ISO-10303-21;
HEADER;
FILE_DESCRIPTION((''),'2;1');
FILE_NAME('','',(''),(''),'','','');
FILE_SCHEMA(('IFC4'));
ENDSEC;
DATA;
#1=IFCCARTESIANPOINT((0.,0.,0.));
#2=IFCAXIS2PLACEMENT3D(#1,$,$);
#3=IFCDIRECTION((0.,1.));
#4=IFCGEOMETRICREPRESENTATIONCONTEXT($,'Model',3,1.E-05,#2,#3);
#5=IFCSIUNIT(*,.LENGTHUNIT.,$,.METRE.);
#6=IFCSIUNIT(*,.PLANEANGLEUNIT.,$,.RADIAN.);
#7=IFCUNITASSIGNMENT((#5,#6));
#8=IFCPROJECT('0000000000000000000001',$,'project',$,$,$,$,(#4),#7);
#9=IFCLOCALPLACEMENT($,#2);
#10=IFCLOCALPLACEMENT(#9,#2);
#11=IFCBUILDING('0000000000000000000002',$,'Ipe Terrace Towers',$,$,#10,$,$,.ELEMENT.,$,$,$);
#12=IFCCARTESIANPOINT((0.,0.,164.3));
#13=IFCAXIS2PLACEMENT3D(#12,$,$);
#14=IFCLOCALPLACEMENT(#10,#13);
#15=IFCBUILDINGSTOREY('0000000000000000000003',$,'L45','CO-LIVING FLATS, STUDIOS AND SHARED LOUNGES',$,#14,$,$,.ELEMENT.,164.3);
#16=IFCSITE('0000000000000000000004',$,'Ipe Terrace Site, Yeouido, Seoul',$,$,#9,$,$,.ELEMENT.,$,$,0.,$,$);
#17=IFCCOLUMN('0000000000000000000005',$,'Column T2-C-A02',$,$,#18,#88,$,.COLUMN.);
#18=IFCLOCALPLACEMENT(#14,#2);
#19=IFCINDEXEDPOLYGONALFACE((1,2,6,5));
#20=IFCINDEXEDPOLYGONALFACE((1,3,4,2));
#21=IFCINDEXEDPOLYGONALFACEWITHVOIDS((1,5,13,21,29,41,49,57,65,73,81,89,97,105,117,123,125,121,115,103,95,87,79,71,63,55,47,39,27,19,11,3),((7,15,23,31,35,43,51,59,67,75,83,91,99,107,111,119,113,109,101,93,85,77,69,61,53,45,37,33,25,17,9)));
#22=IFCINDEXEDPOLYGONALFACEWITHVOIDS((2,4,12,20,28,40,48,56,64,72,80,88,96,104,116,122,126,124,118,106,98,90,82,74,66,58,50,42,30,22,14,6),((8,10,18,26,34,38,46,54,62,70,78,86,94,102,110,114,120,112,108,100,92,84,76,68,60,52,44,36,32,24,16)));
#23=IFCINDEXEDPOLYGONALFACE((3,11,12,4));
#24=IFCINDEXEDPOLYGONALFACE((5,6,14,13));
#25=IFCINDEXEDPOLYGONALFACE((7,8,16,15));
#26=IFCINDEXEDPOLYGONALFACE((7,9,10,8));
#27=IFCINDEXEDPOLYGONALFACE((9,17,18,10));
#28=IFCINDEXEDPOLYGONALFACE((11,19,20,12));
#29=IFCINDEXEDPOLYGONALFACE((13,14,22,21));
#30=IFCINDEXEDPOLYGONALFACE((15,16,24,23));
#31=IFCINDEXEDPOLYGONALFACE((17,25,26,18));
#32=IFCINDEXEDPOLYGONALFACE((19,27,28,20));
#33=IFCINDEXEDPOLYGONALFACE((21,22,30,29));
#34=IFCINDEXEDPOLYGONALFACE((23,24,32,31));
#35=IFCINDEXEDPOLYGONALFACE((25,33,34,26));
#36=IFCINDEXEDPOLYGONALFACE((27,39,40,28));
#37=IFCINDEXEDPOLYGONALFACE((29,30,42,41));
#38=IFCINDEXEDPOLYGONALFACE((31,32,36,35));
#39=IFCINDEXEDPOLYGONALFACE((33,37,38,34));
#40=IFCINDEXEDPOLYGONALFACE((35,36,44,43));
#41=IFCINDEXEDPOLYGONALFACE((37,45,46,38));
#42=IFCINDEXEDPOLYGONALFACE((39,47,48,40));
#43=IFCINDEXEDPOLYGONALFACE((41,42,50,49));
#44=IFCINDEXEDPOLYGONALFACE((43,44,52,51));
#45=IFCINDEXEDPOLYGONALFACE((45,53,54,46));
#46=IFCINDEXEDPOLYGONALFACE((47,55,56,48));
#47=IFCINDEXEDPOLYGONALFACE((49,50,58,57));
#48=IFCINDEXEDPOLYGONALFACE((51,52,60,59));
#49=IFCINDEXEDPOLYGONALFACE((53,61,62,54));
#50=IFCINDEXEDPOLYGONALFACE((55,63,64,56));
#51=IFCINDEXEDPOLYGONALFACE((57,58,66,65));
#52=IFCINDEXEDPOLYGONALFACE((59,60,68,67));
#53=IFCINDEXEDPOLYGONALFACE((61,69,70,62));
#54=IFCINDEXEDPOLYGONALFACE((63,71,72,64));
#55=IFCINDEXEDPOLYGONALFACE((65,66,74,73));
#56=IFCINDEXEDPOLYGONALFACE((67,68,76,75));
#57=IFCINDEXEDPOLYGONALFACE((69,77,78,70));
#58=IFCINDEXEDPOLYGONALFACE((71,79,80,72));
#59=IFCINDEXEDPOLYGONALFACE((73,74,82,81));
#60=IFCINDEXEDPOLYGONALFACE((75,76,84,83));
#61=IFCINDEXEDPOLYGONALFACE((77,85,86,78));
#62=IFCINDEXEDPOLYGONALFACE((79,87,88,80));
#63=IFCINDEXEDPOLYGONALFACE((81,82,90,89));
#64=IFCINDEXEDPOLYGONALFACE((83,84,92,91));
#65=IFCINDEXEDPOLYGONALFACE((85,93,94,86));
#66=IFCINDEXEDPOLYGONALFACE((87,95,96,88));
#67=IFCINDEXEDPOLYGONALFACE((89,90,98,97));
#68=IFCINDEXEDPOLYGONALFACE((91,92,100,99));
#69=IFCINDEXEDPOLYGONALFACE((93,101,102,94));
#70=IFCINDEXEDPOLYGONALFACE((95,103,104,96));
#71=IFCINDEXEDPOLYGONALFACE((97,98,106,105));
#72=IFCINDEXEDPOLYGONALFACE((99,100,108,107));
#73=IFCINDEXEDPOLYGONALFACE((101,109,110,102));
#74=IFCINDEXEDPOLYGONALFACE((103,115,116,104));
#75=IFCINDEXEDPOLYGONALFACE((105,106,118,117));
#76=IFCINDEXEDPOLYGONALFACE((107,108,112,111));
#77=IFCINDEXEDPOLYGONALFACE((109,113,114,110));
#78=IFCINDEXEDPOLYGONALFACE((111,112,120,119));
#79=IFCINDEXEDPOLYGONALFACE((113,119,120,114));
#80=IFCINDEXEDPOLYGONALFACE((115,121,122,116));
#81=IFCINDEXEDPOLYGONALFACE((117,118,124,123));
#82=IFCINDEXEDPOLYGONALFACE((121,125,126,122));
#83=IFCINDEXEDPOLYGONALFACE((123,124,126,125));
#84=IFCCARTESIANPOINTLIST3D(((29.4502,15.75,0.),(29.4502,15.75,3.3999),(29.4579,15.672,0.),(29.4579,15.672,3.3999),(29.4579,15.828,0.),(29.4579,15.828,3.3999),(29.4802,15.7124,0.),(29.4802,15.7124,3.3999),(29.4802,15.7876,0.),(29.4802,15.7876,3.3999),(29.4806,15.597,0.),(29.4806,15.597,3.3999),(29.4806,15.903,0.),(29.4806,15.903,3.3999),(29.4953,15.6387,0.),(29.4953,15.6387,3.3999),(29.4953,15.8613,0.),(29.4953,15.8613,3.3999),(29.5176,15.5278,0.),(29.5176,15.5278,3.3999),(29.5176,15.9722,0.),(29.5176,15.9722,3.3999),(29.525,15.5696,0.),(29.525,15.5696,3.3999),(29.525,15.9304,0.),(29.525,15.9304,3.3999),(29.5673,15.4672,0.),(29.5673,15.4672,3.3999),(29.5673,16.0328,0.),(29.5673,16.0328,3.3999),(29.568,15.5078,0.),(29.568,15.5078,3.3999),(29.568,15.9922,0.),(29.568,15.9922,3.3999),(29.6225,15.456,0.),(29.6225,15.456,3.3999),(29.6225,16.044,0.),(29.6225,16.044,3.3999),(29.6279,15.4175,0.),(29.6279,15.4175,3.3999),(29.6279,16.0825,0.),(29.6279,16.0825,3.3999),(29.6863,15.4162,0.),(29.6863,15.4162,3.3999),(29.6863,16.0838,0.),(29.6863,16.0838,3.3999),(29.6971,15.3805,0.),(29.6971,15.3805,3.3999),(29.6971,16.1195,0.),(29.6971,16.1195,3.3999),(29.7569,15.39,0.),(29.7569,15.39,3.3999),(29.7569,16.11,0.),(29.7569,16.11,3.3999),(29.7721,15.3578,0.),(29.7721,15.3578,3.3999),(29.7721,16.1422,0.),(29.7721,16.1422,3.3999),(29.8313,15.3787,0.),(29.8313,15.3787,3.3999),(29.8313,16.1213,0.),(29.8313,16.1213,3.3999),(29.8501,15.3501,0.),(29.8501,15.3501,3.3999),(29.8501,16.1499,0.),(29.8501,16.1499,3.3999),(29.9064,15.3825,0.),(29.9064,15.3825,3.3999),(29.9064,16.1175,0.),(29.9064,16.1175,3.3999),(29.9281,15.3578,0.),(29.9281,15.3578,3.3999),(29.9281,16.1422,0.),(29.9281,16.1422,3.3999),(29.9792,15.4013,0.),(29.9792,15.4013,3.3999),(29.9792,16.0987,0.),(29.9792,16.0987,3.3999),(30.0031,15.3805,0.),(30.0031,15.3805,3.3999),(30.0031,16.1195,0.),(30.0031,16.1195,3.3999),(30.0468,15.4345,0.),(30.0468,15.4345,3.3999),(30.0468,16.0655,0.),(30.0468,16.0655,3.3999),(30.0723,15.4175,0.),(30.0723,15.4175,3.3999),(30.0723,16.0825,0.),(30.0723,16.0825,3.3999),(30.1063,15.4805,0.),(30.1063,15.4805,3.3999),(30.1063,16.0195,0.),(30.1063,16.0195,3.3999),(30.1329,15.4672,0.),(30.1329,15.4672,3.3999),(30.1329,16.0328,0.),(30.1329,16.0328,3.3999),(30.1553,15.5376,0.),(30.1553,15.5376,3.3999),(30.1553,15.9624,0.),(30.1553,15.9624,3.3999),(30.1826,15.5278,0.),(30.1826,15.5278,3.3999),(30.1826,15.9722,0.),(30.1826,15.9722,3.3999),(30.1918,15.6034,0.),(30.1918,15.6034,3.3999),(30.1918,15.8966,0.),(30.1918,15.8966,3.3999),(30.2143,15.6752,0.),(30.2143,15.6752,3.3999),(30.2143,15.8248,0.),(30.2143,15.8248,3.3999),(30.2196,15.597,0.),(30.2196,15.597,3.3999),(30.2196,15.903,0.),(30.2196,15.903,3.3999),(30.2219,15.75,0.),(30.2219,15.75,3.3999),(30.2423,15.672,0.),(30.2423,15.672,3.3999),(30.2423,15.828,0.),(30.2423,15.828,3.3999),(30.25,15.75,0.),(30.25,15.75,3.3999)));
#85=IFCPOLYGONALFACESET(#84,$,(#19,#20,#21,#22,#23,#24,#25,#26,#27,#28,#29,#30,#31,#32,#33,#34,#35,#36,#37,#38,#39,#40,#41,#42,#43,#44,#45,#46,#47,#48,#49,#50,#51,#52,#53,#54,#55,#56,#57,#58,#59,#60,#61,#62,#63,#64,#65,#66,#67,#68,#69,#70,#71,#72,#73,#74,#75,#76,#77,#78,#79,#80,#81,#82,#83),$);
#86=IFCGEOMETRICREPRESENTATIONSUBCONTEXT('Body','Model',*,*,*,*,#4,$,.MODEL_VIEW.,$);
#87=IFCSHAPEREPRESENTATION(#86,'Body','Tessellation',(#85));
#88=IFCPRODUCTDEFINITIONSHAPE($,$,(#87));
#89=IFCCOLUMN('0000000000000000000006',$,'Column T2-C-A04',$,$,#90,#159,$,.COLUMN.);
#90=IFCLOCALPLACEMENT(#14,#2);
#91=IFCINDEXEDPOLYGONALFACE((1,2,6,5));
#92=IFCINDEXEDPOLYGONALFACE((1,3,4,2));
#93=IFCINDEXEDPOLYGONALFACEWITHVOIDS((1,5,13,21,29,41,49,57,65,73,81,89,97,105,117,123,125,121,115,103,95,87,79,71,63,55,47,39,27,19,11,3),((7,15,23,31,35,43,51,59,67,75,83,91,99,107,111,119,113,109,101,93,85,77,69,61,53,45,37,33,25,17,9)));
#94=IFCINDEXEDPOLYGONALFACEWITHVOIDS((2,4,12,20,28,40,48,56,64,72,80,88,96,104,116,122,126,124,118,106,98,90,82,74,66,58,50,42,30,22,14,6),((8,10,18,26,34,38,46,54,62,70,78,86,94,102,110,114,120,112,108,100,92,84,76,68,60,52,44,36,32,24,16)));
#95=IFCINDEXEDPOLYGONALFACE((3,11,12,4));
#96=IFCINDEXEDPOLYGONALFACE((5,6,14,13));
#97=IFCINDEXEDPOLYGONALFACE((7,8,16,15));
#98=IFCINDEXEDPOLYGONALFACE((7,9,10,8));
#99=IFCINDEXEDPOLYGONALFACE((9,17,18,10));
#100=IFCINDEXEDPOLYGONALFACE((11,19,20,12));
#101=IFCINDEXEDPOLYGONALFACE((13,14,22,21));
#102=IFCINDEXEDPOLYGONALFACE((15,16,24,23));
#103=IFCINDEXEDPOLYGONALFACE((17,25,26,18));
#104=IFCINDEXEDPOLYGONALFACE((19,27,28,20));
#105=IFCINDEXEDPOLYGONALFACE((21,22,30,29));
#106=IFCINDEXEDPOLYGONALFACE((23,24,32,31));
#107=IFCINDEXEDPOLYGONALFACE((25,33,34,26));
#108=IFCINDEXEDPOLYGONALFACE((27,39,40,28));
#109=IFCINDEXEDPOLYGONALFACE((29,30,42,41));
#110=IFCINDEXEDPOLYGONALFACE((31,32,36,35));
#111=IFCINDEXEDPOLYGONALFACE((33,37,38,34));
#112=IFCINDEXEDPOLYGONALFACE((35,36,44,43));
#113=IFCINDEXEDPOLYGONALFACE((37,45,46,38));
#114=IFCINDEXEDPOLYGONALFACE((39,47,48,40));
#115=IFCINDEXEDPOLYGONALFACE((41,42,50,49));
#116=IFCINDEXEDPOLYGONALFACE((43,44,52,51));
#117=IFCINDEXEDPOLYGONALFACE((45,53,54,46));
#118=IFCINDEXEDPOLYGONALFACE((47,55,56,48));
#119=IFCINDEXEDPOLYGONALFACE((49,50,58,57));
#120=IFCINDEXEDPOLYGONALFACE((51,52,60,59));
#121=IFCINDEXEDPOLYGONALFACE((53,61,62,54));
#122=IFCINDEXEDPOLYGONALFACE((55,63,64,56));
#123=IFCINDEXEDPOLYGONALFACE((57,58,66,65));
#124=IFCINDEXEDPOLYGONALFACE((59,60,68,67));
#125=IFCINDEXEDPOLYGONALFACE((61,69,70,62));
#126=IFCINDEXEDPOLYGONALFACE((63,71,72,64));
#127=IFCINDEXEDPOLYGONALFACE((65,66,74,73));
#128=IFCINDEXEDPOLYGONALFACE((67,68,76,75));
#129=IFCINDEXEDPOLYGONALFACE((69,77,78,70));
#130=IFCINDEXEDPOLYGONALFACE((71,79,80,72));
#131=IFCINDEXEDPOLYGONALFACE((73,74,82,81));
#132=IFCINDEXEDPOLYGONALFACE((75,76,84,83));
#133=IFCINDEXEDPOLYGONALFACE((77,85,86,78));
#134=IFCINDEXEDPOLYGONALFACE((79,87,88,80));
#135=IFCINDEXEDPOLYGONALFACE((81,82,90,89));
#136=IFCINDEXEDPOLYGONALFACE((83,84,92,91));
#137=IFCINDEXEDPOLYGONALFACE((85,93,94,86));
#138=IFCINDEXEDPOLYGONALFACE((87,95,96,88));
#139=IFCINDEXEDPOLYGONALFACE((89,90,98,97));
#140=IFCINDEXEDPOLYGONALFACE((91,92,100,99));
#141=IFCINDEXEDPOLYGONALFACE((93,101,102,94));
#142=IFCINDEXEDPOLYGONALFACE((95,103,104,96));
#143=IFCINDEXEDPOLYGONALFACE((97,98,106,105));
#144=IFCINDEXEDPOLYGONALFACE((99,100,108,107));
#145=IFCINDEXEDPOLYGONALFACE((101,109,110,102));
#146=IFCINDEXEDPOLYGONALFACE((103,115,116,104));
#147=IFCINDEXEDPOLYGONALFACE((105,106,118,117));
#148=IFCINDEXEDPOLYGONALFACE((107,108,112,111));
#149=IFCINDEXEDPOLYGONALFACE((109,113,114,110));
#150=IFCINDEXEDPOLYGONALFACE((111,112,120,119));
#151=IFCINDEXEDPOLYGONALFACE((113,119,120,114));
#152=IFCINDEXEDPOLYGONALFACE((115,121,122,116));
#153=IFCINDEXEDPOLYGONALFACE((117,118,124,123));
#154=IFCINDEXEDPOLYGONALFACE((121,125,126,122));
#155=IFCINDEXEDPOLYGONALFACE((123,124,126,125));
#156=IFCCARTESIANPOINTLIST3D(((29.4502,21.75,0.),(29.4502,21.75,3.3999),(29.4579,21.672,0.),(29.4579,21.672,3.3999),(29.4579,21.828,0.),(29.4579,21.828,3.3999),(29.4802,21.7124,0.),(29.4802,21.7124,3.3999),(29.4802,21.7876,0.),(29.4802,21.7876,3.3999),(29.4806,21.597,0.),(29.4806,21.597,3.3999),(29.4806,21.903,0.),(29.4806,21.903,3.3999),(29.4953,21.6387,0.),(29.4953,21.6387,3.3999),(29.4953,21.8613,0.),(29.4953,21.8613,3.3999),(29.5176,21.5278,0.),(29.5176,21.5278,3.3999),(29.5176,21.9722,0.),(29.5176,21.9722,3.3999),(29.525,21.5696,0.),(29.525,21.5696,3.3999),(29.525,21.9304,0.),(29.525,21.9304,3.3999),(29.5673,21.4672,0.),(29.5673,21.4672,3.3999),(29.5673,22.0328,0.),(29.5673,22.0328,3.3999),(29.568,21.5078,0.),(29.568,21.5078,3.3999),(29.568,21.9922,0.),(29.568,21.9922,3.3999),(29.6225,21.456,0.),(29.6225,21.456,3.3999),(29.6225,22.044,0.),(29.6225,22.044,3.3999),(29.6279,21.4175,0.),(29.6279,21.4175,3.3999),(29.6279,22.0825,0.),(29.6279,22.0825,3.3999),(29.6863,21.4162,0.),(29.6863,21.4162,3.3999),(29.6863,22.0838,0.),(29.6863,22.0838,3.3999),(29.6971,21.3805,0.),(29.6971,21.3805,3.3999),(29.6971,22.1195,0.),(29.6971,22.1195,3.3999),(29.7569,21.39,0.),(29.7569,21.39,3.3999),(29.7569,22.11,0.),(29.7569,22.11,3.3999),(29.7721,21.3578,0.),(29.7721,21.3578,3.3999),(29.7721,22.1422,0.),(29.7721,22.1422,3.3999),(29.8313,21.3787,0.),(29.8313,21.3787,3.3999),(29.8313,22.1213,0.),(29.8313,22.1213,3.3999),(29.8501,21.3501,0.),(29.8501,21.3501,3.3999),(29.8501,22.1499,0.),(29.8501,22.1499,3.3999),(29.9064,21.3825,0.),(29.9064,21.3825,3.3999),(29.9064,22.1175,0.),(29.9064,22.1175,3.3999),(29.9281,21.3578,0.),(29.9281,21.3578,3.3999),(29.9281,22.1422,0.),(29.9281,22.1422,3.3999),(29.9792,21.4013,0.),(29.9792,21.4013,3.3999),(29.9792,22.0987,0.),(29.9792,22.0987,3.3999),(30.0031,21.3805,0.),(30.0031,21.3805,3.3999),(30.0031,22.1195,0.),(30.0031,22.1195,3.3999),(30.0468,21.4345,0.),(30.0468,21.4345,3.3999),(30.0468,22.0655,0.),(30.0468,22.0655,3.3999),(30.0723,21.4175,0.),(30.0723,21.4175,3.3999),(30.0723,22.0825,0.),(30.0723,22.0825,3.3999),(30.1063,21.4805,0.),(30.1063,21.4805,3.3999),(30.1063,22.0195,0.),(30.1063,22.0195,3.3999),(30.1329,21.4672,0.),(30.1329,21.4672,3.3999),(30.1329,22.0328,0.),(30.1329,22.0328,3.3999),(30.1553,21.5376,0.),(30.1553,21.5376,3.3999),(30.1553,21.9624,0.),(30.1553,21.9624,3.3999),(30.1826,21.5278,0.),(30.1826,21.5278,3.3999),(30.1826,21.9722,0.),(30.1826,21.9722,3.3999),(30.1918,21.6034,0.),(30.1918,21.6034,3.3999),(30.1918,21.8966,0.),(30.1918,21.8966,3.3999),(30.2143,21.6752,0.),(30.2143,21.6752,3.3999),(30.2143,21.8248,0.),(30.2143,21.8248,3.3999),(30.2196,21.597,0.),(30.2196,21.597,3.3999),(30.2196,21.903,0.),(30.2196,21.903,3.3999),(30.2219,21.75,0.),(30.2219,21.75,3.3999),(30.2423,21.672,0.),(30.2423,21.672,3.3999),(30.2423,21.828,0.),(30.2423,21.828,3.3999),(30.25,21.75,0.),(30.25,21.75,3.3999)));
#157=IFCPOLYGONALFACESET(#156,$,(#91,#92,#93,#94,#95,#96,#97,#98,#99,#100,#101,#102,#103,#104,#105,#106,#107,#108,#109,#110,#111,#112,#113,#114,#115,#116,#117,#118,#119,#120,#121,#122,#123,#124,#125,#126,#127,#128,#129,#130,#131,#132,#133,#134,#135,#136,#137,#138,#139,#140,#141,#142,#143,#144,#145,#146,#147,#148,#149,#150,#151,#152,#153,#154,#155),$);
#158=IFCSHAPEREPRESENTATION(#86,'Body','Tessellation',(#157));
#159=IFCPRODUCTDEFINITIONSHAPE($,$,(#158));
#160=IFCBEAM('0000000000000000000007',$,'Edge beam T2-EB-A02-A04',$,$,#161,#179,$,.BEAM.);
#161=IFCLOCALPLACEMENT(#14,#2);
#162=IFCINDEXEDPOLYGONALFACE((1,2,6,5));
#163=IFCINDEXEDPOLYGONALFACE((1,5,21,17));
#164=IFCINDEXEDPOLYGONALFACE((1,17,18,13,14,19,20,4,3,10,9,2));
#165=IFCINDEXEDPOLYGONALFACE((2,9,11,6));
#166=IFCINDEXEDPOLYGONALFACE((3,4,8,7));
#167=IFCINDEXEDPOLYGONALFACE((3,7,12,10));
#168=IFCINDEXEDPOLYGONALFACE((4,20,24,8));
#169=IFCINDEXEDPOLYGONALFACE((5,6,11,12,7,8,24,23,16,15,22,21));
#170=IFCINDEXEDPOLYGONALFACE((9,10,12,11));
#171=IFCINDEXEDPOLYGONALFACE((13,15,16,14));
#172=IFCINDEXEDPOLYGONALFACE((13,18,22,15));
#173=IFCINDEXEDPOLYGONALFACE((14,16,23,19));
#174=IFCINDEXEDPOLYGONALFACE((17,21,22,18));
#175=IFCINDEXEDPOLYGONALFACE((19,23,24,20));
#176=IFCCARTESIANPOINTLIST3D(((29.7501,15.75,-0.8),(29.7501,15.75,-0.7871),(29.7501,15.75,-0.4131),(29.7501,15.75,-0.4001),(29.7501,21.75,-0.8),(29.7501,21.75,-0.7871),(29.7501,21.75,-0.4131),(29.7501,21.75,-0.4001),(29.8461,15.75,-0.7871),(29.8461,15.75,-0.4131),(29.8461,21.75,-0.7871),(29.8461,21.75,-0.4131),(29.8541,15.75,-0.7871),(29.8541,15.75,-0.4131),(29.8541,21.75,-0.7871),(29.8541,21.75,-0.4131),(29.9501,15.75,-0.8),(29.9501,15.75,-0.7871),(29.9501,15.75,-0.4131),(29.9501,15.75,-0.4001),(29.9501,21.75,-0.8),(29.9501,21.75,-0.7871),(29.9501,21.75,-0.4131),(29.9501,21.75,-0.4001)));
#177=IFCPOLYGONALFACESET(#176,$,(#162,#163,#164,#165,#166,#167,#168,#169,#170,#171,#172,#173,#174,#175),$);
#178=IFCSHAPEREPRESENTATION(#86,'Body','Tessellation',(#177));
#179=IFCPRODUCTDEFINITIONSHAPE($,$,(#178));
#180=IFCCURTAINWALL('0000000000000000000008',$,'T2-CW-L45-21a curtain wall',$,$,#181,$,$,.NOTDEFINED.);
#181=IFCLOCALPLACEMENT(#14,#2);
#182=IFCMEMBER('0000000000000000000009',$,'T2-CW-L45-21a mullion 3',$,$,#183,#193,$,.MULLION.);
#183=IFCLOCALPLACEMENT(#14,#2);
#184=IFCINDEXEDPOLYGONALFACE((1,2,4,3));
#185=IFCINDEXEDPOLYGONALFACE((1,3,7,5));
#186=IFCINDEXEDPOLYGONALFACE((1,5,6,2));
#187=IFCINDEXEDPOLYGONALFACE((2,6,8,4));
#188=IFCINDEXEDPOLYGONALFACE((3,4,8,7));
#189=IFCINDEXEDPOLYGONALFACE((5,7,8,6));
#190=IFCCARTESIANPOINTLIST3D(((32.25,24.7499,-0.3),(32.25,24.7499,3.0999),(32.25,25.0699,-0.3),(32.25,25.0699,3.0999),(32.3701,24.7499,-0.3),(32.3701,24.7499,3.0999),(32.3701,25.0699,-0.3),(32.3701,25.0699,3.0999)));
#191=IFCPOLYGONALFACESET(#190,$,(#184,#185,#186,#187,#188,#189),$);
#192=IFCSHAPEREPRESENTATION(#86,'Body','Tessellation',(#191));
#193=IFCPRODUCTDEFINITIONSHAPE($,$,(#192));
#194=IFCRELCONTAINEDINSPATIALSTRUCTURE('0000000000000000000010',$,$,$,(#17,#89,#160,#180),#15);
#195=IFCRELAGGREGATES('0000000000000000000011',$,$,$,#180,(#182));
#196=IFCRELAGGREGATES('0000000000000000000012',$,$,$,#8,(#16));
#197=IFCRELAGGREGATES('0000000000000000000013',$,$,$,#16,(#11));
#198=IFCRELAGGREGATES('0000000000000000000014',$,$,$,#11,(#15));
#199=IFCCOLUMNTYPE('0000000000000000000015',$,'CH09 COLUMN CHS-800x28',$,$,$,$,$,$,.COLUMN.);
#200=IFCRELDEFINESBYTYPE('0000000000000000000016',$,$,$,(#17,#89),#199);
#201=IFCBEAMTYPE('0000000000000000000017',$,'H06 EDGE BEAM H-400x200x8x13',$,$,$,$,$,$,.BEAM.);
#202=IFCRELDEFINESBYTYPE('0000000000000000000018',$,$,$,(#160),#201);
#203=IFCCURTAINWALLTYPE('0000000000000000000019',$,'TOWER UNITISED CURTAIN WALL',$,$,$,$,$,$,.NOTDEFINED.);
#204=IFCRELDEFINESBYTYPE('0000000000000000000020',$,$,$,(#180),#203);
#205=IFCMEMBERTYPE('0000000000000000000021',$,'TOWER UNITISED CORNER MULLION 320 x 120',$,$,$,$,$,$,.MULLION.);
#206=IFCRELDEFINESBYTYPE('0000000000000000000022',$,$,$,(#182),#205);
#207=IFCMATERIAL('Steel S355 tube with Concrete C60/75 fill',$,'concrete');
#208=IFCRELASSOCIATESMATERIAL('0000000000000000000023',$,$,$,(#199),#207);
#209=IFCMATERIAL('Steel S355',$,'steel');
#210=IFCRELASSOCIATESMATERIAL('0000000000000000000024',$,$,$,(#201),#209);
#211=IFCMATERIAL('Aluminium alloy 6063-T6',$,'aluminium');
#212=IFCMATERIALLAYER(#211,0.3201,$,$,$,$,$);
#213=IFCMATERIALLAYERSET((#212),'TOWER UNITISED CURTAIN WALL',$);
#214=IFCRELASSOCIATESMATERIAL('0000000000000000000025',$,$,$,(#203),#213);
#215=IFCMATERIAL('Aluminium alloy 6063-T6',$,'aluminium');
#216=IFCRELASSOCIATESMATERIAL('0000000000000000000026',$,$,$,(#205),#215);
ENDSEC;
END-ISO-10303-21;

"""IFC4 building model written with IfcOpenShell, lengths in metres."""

from ifc_helpers import new_model, si_unit, direction, frame, origin, origin_2d, place, context, subcontext, project, spatial, rectangle, hollow_circle, i_section, extrude, material, layer, layer_set, material_profile, profile_set, type_object, element, aggregate, save


model = new_model("IFC4")

# Units and contexts
model_context = context("Model", 3, precision=1e-05, world=origin(), true_north=direction((0.0, 1.0)))
body_context = subcontext(model_context, "Body", "Model", "MODEL_VIEW")
ifc_project = project(units=[si_unit("LENGTHUNIT", "METRE"), si_unit("PLANEANGLEUNIT", "RADIAN")], contexts=[model_context])

# Site, building, storey
site_placement = place(None, origin())
site = spatial("IfcSite", under=ifc_project, at=site_placement, Name="Ipe Terrace Site, Yeouido, Seoul", CompositionType="ELEMENT", RefElevation=0.0)
building_placement = place(site_placement, origin())
building = spatial("IfcBuilding", under=site, at=building_placement, Name="Ipe Terrace Towers", CompositionType="ELEMENT")
storey_placement = place(building_placement, frame((0.0, 0.0, 164.3)))
storey = spatial("IfcBuildingStorey", under=building, at=storey_placement, Name="L45", Description="CO-LIVING FLATS, STUDIOS AND SHARED LOUNGES", CompositionType="ELEMENT", Elevation=164.3)

# Columns
ifc_material_1 = material(Name="Steel S355 tube with Concrete C60/75 fill", Category="concrete")
ifc_material_profile_1 = material_profile(ifc_material_1, hollow_circle(Radius=0.3999, WallThickness=0.0281, at=origin_2d()), Name="CHS-800x28")
ifc_profile_set_1 = profile_set([ifc_material_profile_1], Name="Steel S355 tube with Concrete C60/75 fill")
column_type = type_object("IfcColumnType", Name="CH09 COLUMN CHS-800x28", PredefinedType="COLUMN", material=ifc_profile_set_1)
for number, where, z_axis, x_axis, name in (
    (1, (29.8501, 15.75, 0.0), (0.0, 0.0, 1.0), (1.0, 0.0, 0.0), "Column T2-C-A02"),
    (2, (29.8501, 21.75, 0.0), (0.0, 0.0, 1.0), (1.0, 0.0, 0.0), "Column T2-C-A04"),
):
    element("IfcColumn", number, at=place(storey_placement, frame(where, z_axis=z_axis, x_axis=x_axis)), inside=storey, type_object=column_type, Name=name, PredefinedType="COLUMN", context=body_context, shape_type="SweptSolid", body=[
        extrude(hollow_circle(Radius=0.3999, WallThickness=0.0281, at=origin_2d()), origin(), (0.0, 0.0, 1.0), 3.3999),
    ])

# Beam
ifc_material_2 = material(Name="Steel S355", Category="steel")
ifc_material_profile_2 = material_profile(ifc_material_2, i_section(OverallWidth=0.2, OverallDepth=0.3999, WebThickness=0.0081, FlangeThickness=0.0129, at=origin_2d()), Name="H-400x200x8x13")
ifc_profile_set_2 = profile_set([ifc_material_profile_2], Name="Steel S355")
beam_type = type_object("IfcBeamType", Name="H06 EDGE BEAM H-400x200x8x13", PredefinedType="BEAM", material=ifc_profile_set_2)
beam_placement = place(storey_placement, frame((29.8501, 15.75, -0.6001), z_axis=(0.0, 1.0, 0.0), x_axis=(-1.0, 0.0, 0.0)))
element("IfcBeam", 3, at=beam_placement, inside=storey, type_object=beam_type, Name="Edge beam T2-EB-A02-A04", PredefinedType="BEAM", context=body_context, shape_type="SweptSolid", body=[
    extrude(i_section(OverallWidth=0.2, OverallDepth=0.3999, WebThickness=0.0081, FlangeThickness=0.0129, at=origin_2d()), origin(), (0.0, 0.0, 1.0), 6.0),
])

# Curtain wall, member
ifc_material_3 = material(Name="Aluminium alloy 6063-T6", Category="aluminium")
ifc_layer_1 = layer(ifc_material_3, 0.3201)
ifc_layer_set_1 = layer_set([ifc_layer_1], Name="TOWER UNITISED CURTAIN WALL")
curtain_wall_type = type_object("IfcCurtainWallType", Name="TOWER UNITISED CURTAIN WALL", PredefinedType="NOTDEFINED", material=ifc_layer_set_1)
curtain_wall_1_placement = place(storey_placement, origin())
curtain_wall_1 = element("IfcCurtainWall", 4, at=curtain_wall_1_placement, inside=storey, type_object=curtain_wall_type, Name="T2-CW-L45-21a curtain wall", PredefinedType="NOTDEFINED")
ifc_material_4 = material(Name="Aluminium alloy 6063-T6", Category="aluminium")
ifc_material_profile_3 = material_profile(ifc_material_4, rectangle(XDim=0.3201, YDim=0.1201, at=origin_2d()), Name="TOWER UNITISED CORNER MULLION 320 x 120")
ifc_profile_set_3 = profile_set([ifc_material_profile_3], Name="Aluminium alloy 6063-T6")
member_type = type_object("IfcMemberType", Name="TOWER UNITISED CORNER MULLION 320 x 120", PredefinedType="MULLION", material=ifc_profile_set_3)
member_1_placement = place(storey_placement, frame((32.3101, 24.9099, -0.3), z_axis=(0.0, 0.0, 1.0), x_axis=(0.0, 1.0, 0.0)))
member_1 = element("IfcMember", 5, at=member_1_placement, type_object=member_type, Name="T2-CW-L45-21a mullion 3", PredefinedType="MULLION", context=body_context, shape_type="SweptSolid", body=[
    extrude(rectangle(XDim=0.3201, YDim=0.1201, at=origin_2d()), origin(), (0.0, 0.0, 1.0), 3.3999),
])

aggregate(curtain_wall_1, [member_1])

save(model, "model.ifc")
